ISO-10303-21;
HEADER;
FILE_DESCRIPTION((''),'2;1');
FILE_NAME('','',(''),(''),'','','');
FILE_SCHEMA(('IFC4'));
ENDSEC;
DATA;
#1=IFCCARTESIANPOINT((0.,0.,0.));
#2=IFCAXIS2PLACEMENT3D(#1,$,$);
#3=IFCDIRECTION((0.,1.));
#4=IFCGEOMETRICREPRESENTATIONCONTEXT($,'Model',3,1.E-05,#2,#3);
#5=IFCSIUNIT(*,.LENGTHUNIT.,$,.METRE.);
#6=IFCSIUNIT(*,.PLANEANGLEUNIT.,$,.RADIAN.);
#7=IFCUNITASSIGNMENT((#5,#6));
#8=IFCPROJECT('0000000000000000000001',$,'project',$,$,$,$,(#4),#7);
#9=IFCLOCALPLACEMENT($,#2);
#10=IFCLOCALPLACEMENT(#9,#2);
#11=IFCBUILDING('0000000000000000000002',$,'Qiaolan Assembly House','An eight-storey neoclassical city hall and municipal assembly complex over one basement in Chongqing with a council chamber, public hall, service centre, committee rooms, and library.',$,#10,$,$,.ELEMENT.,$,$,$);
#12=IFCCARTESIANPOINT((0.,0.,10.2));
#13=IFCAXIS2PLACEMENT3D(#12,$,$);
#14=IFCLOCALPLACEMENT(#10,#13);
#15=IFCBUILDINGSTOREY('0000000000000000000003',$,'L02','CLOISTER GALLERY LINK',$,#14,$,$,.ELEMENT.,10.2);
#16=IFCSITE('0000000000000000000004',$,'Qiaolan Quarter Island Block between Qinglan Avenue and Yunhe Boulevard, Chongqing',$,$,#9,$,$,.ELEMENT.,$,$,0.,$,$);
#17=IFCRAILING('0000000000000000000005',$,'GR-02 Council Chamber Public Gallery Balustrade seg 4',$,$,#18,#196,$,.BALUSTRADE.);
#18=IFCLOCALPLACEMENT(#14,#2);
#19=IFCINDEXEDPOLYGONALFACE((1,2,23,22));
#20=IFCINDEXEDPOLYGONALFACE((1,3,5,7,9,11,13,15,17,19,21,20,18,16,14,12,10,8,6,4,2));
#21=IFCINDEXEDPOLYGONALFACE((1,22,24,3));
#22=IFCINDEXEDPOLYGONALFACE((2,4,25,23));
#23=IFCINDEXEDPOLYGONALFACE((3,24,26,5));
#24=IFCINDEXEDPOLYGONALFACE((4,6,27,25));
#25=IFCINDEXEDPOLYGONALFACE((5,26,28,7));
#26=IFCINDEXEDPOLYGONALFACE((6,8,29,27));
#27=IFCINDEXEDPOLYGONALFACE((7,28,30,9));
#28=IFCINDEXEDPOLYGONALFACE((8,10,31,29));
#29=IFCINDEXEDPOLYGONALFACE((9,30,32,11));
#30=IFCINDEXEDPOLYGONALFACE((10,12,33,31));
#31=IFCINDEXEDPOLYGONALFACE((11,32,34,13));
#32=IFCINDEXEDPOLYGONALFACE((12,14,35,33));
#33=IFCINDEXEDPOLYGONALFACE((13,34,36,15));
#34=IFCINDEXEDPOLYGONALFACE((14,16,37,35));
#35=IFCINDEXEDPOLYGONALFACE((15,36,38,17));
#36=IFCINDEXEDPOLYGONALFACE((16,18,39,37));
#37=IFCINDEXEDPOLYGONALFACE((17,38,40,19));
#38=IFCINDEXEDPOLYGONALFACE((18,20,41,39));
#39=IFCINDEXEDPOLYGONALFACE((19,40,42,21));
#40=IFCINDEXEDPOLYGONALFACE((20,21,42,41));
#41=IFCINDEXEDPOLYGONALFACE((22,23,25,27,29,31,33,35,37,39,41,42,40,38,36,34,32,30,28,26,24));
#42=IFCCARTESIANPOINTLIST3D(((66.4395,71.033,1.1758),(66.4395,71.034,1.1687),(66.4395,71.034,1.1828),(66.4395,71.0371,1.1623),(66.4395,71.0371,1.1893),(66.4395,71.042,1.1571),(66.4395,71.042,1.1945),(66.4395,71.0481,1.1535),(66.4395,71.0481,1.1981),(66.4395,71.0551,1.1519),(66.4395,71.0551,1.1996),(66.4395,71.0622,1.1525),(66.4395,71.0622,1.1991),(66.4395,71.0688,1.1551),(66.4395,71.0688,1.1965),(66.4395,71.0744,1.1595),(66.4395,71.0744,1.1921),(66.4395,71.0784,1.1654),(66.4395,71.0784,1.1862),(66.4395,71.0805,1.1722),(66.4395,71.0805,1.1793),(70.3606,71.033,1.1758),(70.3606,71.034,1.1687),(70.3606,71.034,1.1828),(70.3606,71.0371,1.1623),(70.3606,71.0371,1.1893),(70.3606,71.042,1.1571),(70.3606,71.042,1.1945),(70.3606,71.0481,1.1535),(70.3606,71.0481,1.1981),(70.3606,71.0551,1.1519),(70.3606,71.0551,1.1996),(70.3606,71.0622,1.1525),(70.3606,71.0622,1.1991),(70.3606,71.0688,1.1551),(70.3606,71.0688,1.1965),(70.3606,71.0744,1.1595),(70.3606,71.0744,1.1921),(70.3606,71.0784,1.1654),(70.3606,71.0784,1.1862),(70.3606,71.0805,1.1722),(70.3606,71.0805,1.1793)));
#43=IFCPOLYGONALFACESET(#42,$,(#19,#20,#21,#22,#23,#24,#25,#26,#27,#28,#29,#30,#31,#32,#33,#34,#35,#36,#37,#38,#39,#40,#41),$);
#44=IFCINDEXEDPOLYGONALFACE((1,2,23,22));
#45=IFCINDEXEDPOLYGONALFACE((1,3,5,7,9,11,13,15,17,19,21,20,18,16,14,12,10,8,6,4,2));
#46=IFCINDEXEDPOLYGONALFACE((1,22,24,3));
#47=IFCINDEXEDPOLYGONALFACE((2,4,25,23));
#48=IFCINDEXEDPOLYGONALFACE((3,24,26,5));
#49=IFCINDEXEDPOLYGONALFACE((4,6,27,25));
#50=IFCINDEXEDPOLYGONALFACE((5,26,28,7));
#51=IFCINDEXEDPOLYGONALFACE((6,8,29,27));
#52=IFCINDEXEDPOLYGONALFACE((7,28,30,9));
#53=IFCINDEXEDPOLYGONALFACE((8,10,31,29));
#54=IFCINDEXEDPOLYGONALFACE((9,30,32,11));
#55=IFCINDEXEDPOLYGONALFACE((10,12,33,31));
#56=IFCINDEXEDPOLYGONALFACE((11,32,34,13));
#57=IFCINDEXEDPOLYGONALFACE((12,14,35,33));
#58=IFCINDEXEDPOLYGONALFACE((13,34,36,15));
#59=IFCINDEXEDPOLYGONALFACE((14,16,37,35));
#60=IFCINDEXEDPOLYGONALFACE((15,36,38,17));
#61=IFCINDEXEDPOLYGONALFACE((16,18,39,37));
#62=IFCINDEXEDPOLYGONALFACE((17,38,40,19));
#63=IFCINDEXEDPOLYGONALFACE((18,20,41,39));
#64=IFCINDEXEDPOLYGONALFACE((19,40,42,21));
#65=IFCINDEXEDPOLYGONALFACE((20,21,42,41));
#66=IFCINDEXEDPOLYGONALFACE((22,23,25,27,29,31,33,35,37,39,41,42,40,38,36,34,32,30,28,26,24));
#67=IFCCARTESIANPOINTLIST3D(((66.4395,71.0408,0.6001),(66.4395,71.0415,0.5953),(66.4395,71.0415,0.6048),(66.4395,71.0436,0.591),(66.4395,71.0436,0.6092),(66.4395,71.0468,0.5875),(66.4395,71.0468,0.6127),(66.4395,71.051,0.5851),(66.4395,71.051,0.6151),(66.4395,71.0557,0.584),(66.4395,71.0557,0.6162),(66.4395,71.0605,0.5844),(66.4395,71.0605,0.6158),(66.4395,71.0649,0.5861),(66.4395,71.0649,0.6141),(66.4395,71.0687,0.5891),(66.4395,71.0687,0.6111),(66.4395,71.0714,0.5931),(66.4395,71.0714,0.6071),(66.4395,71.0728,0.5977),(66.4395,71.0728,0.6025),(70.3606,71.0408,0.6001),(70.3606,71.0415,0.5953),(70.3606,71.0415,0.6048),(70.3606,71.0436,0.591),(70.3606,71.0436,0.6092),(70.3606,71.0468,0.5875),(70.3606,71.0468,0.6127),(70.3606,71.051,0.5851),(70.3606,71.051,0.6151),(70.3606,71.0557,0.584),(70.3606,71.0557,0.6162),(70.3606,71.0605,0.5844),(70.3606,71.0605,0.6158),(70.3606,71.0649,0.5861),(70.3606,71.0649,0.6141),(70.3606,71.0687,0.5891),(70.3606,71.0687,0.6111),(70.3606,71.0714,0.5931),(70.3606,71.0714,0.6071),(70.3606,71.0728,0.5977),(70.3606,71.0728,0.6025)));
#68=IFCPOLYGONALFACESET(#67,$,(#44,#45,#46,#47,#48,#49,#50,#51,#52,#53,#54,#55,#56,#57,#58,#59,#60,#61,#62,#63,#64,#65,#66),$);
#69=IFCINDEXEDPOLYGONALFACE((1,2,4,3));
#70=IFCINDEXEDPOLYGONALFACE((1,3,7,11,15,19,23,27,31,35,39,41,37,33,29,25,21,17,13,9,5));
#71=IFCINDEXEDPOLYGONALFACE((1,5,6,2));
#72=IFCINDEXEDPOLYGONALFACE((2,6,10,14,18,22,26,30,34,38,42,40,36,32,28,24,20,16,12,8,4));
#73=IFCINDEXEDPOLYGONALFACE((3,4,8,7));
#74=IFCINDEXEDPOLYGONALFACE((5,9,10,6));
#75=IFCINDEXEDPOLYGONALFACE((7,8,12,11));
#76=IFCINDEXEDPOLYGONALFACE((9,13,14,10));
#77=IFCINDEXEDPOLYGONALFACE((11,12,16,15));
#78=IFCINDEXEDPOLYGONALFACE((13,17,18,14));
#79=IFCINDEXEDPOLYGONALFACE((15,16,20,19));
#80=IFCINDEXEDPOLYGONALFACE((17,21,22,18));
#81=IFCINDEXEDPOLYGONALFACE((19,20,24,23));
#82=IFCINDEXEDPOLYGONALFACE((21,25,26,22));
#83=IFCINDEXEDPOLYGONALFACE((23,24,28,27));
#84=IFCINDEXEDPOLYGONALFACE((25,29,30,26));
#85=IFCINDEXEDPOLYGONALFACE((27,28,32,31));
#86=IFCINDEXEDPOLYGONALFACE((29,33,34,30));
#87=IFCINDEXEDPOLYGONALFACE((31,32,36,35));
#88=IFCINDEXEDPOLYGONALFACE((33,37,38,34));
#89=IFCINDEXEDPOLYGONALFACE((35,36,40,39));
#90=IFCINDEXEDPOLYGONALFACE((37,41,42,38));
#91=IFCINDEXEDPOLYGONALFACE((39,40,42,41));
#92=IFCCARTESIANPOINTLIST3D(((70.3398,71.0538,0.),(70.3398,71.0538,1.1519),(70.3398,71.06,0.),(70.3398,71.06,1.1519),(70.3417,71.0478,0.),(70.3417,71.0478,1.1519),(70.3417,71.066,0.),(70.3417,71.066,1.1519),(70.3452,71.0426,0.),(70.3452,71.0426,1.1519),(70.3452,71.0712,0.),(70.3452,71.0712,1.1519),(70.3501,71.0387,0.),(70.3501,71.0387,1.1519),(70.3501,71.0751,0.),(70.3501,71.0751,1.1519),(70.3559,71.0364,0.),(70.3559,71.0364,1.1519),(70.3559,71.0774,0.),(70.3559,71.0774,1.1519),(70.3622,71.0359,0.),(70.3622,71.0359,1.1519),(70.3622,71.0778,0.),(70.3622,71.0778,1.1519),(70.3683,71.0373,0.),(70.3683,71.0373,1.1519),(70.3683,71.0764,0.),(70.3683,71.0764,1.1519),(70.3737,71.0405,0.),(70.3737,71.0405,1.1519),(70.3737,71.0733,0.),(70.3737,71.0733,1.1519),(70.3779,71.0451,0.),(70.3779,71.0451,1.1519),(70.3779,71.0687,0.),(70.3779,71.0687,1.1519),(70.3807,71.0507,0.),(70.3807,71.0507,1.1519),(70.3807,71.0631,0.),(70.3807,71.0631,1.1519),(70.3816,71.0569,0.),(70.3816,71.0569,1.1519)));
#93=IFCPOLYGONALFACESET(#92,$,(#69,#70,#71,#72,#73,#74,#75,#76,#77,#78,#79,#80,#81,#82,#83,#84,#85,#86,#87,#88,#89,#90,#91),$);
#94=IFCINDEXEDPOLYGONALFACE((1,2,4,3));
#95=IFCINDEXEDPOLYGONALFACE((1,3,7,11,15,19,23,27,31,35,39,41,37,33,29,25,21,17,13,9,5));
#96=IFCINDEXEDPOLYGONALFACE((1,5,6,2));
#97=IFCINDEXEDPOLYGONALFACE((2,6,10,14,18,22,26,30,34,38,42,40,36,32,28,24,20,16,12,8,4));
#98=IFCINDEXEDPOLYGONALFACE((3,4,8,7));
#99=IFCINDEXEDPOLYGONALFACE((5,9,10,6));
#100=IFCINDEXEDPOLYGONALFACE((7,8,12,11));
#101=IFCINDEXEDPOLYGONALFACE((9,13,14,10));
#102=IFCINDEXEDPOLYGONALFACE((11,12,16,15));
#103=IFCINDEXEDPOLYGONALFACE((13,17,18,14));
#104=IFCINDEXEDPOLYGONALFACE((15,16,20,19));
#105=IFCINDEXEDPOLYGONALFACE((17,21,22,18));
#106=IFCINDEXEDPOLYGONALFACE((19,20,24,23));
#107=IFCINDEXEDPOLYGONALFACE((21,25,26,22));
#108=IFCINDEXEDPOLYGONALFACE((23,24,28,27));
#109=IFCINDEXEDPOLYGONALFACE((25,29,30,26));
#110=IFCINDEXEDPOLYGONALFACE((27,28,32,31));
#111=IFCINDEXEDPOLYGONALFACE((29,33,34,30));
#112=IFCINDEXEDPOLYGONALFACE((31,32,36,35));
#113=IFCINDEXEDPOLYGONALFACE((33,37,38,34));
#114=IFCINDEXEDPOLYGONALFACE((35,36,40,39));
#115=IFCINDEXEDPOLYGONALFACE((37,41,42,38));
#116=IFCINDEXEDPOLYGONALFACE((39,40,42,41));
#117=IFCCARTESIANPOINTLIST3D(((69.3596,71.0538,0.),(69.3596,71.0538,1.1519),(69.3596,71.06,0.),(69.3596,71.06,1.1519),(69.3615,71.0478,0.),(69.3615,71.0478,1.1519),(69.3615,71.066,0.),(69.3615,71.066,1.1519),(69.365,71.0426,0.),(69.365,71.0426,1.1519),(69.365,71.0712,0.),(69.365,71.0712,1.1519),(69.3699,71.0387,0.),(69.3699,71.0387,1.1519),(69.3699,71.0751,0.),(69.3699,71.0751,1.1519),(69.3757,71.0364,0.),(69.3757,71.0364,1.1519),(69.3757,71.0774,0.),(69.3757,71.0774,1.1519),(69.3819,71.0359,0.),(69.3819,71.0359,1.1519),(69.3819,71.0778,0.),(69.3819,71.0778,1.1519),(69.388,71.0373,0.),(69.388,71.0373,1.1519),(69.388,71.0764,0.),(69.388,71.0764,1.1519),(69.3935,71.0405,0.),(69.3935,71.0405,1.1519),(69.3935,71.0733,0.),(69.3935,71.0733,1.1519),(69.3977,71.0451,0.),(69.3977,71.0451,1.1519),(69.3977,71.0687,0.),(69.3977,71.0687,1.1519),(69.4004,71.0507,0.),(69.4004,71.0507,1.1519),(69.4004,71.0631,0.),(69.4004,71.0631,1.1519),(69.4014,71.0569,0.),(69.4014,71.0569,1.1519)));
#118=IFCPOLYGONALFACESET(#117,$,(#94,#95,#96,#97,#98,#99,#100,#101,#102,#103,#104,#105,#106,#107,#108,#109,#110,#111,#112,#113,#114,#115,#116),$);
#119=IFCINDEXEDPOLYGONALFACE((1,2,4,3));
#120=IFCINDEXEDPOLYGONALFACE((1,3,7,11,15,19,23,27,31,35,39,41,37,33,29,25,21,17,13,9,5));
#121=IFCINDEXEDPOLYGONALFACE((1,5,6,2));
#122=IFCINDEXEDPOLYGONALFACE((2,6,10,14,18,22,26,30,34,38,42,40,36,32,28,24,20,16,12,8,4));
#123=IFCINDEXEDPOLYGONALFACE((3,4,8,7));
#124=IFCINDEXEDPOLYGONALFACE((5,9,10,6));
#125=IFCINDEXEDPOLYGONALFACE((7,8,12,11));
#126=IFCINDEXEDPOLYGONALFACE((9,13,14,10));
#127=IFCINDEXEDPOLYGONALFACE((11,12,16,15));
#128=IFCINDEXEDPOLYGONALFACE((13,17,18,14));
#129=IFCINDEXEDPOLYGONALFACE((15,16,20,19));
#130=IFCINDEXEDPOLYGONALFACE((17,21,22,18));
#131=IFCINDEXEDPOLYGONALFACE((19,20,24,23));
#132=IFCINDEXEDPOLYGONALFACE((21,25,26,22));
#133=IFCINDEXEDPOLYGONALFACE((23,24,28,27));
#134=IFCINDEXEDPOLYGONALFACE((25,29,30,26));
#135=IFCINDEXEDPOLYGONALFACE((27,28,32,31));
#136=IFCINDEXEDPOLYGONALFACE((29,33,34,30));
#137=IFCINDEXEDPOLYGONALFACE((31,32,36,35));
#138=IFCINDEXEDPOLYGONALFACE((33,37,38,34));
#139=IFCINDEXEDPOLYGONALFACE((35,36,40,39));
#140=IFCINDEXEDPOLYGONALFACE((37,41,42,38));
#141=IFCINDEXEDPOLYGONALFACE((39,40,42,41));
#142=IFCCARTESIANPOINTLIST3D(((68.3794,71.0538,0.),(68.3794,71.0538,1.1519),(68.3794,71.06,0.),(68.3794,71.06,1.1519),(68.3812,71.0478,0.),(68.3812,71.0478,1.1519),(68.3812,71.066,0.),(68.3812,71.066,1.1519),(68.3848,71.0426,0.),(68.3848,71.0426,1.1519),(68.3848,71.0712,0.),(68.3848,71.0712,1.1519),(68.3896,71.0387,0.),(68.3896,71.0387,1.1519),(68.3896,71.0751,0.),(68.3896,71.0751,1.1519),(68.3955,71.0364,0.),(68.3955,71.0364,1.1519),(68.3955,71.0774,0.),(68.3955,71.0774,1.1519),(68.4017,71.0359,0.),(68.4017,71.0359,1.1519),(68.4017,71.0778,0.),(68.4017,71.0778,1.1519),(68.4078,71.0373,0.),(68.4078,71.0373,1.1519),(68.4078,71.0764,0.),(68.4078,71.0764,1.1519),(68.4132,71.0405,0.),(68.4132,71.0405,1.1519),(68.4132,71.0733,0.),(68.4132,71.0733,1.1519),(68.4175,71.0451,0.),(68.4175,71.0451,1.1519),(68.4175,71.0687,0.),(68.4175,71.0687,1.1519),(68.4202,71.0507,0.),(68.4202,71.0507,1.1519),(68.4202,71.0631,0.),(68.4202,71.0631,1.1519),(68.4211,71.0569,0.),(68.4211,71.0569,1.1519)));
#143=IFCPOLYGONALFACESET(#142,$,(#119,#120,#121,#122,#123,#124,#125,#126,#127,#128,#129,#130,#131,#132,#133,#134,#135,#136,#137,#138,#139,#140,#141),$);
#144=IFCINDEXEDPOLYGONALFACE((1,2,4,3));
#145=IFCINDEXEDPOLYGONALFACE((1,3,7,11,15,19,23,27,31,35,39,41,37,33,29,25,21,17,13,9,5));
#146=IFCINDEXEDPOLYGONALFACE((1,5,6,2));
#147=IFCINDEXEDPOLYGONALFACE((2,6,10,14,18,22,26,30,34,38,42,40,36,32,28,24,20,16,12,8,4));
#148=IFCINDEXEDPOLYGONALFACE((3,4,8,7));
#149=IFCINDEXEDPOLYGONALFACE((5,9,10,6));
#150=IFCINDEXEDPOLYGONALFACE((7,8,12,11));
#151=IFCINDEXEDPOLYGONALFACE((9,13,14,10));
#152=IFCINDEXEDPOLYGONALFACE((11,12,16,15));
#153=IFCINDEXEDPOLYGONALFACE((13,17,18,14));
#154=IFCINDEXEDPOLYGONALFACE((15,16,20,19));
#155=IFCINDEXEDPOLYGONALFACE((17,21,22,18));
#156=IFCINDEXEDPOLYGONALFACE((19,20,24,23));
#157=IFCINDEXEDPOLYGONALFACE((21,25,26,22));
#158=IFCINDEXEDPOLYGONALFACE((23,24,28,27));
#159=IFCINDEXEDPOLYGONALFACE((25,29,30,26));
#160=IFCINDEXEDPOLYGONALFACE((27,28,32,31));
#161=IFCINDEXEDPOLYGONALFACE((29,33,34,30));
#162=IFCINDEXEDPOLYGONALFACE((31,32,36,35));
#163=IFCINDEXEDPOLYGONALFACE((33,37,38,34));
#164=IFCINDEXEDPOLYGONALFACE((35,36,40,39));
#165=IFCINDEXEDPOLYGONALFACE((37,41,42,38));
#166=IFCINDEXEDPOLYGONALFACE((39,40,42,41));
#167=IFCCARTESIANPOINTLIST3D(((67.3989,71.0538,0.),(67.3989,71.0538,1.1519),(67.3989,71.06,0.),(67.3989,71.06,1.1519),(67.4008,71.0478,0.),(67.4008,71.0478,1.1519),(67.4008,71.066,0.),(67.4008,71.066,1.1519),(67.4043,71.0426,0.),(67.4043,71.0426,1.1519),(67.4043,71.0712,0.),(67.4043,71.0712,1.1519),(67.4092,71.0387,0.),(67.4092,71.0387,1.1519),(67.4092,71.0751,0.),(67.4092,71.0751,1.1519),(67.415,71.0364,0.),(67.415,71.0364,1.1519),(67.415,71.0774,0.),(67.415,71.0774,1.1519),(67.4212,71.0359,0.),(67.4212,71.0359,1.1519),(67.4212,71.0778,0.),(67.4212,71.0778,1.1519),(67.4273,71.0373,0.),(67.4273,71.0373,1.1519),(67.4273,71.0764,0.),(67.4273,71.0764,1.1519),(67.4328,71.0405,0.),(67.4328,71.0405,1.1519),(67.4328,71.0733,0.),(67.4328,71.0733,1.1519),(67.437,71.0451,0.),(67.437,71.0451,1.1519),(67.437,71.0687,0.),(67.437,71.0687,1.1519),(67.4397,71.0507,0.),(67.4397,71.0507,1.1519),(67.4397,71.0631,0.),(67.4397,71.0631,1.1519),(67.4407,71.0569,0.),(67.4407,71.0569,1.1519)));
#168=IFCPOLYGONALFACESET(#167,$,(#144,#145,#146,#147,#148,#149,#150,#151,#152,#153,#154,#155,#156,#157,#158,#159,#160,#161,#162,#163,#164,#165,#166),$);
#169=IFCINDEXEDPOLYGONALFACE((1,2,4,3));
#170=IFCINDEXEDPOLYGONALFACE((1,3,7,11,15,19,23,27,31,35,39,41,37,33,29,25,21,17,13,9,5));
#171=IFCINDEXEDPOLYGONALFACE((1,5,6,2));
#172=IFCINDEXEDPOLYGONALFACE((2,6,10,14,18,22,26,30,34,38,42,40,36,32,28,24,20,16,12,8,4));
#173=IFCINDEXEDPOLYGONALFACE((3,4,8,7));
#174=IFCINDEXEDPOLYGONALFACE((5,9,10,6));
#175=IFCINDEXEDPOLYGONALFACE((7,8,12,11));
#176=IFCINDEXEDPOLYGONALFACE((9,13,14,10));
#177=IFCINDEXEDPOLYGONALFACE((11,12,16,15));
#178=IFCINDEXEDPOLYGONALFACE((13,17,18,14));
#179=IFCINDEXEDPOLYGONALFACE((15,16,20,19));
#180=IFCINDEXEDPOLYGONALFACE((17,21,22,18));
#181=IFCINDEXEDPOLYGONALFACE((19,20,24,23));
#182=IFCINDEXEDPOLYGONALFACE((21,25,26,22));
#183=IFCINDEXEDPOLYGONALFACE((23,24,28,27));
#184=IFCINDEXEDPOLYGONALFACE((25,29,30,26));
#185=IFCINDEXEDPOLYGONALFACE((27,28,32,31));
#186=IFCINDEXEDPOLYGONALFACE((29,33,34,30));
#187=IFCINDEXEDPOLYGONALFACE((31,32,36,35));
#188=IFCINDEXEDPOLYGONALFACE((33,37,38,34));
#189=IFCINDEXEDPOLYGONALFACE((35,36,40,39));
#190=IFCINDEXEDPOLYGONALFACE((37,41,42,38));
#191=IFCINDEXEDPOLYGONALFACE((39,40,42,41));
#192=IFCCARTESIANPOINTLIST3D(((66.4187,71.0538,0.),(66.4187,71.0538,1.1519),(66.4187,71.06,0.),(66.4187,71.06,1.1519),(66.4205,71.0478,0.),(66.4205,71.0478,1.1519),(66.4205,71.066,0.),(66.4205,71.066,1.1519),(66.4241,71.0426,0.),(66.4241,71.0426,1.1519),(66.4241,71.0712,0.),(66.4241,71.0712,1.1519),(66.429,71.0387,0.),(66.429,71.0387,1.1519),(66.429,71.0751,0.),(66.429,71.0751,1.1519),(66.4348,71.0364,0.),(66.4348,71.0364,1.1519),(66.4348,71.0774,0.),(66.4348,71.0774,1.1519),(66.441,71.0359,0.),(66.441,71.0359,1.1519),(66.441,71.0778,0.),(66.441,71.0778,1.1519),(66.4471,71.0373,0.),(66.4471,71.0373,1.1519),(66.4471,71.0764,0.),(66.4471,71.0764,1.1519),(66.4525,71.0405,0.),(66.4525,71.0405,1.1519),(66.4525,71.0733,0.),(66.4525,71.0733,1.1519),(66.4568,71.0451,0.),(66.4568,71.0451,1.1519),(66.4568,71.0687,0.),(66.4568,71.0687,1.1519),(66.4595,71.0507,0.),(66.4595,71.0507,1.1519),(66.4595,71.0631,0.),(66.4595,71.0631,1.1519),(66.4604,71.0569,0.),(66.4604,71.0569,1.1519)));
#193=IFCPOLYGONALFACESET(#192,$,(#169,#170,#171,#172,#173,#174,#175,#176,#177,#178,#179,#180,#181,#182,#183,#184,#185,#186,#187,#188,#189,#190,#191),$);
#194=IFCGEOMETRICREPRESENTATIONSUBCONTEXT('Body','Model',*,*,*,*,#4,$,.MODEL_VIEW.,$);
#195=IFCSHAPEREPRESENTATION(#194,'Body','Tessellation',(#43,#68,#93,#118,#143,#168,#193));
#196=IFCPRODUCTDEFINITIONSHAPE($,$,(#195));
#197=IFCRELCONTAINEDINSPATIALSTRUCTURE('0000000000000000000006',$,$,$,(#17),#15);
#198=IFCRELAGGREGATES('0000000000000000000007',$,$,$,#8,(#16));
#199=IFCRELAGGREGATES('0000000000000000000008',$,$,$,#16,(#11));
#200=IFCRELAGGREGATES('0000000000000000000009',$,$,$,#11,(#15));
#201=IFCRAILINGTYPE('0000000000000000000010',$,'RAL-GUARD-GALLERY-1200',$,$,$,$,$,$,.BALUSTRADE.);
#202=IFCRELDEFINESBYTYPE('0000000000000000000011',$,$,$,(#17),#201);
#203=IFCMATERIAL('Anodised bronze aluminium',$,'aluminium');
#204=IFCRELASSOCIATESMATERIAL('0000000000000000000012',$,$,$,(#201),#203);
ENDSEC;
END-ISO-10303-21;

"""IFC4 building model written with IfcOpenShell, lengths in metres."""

from ifc_helpers import new_model, si_unit, direction, frame, origin, origin_2d, place, context, subcontext, project, spatial, circle, extrude, material, type_object, element, save


model = new_model("IFC4")

# Units and contexts
model_context = context("Model", 3, precision=1e-05, world=origin(), true_north=direction((0.0, 1.0)))
body_context = subcontext(model_context, "Body", "Model", "MODEL_VIEW")
ifc_project = project(units=[si_unit("LENGTHUNIT", "METRE"), si_unit("PLANEANGLEUNIT", "RADIAN")], contexts=[model_context])

# Site, building, storey
site_placement = place(None, origin())
site = spatial("IfcSite", under=ifc_project, at=site_placement, Name="Qiaolan Quarter Island Block between Qinglan Avenue and Yunhe Boulevard, Chongqing", CompositionType="ELEMENT", RefElevation=0.0)
building_placement = place(site_placement, origin())
building = spatial("IfcBuilding", under=site, at=building_placement, Name="Qiaolan Assembly House", Description="An eight-storey neoclassical city hall and municipal assembly complex over one basement in Chongqing with a council chamber, public hall, service centre, committee rooms, and library.", CompositionType="ELEMENT")
storey_placement = place(building_placement, frame((0.0, 0.0, 10.2)))
storey = spatial("IfcBuildingStorey", under=building, at=storey_placement, Name="L02", Description="CLOISTER GALLERY LINK", CompositionType="ELEMENT", Elevation=10.2)

# Railing
ifc_material_1 = material(Name="Anodised bronze aluminium", Category="aluminium")
railing_type = type_object("IfcRailingType", Name="RAL-GUARD-GALLERY-1200", PredefinedType="BALUSTRADE", material=ifc_material_1)
railing_1_placement = place(storey_placement, frame((70.3606, 71.0569, 0.0)))
element("IfcRailing", 1, at=railing_1_placement, inside=storey, type_object=railing_type, Name="GR-02 Council Chamber Public Gallery Balustrade seg 4", PredefinedType="BALUSTRADE", context=body_context, shape_type="SweptSolid", body=[
    extrude(circle(Radius=0.0239, at=origin_2d()), frame((0.0, 0.0, 1.1758), z_axis=(-1.0, 0.0, 0.0), x_axis=(0.0, -1.0, 0.0)), (0.0, 0.0, 1.0), 3.9211),
    extrude(circle(Radius=0.0161, at=origin_2d()), frame((0.0, 0.0, 0.6001), z_axis=(-1.0, 0.0, 0.0), x_axis=(0.0, -1.0, 0.0)), (0.0, 0.0, 1.0), 3.9211),
    extrude(circle(Radius=0.021, at=origin_2d()), origin(), (0.0, 0.0, 1.0), 1.1519),
    extrude(circle(Radius=0.021, at=origin_2d()), frame((-0.9802, 0.0, 0.0)), (0.0, 0.0, 1.0), 1.1519),
    extrude(circle(Radius=0.021, at=origin_2d()), frame((-1.9604, 0.0, 0.0)), (0.0, 0.0, 1.0), 1.1519),
    extrude(circle(Radius=0.021, at=origin_2d()), frame((-2.9409, 0.0, 0.0)), (0.0, 0.0, 1.0), 1.1519),
    extrude(circle(Radius=0.021, at=origin_2d()), frame((-3.9211, 0.0, 0.0)), (0.0, 0.0, 1.0), 1.1519),
])

save(model, "model.ifc")
